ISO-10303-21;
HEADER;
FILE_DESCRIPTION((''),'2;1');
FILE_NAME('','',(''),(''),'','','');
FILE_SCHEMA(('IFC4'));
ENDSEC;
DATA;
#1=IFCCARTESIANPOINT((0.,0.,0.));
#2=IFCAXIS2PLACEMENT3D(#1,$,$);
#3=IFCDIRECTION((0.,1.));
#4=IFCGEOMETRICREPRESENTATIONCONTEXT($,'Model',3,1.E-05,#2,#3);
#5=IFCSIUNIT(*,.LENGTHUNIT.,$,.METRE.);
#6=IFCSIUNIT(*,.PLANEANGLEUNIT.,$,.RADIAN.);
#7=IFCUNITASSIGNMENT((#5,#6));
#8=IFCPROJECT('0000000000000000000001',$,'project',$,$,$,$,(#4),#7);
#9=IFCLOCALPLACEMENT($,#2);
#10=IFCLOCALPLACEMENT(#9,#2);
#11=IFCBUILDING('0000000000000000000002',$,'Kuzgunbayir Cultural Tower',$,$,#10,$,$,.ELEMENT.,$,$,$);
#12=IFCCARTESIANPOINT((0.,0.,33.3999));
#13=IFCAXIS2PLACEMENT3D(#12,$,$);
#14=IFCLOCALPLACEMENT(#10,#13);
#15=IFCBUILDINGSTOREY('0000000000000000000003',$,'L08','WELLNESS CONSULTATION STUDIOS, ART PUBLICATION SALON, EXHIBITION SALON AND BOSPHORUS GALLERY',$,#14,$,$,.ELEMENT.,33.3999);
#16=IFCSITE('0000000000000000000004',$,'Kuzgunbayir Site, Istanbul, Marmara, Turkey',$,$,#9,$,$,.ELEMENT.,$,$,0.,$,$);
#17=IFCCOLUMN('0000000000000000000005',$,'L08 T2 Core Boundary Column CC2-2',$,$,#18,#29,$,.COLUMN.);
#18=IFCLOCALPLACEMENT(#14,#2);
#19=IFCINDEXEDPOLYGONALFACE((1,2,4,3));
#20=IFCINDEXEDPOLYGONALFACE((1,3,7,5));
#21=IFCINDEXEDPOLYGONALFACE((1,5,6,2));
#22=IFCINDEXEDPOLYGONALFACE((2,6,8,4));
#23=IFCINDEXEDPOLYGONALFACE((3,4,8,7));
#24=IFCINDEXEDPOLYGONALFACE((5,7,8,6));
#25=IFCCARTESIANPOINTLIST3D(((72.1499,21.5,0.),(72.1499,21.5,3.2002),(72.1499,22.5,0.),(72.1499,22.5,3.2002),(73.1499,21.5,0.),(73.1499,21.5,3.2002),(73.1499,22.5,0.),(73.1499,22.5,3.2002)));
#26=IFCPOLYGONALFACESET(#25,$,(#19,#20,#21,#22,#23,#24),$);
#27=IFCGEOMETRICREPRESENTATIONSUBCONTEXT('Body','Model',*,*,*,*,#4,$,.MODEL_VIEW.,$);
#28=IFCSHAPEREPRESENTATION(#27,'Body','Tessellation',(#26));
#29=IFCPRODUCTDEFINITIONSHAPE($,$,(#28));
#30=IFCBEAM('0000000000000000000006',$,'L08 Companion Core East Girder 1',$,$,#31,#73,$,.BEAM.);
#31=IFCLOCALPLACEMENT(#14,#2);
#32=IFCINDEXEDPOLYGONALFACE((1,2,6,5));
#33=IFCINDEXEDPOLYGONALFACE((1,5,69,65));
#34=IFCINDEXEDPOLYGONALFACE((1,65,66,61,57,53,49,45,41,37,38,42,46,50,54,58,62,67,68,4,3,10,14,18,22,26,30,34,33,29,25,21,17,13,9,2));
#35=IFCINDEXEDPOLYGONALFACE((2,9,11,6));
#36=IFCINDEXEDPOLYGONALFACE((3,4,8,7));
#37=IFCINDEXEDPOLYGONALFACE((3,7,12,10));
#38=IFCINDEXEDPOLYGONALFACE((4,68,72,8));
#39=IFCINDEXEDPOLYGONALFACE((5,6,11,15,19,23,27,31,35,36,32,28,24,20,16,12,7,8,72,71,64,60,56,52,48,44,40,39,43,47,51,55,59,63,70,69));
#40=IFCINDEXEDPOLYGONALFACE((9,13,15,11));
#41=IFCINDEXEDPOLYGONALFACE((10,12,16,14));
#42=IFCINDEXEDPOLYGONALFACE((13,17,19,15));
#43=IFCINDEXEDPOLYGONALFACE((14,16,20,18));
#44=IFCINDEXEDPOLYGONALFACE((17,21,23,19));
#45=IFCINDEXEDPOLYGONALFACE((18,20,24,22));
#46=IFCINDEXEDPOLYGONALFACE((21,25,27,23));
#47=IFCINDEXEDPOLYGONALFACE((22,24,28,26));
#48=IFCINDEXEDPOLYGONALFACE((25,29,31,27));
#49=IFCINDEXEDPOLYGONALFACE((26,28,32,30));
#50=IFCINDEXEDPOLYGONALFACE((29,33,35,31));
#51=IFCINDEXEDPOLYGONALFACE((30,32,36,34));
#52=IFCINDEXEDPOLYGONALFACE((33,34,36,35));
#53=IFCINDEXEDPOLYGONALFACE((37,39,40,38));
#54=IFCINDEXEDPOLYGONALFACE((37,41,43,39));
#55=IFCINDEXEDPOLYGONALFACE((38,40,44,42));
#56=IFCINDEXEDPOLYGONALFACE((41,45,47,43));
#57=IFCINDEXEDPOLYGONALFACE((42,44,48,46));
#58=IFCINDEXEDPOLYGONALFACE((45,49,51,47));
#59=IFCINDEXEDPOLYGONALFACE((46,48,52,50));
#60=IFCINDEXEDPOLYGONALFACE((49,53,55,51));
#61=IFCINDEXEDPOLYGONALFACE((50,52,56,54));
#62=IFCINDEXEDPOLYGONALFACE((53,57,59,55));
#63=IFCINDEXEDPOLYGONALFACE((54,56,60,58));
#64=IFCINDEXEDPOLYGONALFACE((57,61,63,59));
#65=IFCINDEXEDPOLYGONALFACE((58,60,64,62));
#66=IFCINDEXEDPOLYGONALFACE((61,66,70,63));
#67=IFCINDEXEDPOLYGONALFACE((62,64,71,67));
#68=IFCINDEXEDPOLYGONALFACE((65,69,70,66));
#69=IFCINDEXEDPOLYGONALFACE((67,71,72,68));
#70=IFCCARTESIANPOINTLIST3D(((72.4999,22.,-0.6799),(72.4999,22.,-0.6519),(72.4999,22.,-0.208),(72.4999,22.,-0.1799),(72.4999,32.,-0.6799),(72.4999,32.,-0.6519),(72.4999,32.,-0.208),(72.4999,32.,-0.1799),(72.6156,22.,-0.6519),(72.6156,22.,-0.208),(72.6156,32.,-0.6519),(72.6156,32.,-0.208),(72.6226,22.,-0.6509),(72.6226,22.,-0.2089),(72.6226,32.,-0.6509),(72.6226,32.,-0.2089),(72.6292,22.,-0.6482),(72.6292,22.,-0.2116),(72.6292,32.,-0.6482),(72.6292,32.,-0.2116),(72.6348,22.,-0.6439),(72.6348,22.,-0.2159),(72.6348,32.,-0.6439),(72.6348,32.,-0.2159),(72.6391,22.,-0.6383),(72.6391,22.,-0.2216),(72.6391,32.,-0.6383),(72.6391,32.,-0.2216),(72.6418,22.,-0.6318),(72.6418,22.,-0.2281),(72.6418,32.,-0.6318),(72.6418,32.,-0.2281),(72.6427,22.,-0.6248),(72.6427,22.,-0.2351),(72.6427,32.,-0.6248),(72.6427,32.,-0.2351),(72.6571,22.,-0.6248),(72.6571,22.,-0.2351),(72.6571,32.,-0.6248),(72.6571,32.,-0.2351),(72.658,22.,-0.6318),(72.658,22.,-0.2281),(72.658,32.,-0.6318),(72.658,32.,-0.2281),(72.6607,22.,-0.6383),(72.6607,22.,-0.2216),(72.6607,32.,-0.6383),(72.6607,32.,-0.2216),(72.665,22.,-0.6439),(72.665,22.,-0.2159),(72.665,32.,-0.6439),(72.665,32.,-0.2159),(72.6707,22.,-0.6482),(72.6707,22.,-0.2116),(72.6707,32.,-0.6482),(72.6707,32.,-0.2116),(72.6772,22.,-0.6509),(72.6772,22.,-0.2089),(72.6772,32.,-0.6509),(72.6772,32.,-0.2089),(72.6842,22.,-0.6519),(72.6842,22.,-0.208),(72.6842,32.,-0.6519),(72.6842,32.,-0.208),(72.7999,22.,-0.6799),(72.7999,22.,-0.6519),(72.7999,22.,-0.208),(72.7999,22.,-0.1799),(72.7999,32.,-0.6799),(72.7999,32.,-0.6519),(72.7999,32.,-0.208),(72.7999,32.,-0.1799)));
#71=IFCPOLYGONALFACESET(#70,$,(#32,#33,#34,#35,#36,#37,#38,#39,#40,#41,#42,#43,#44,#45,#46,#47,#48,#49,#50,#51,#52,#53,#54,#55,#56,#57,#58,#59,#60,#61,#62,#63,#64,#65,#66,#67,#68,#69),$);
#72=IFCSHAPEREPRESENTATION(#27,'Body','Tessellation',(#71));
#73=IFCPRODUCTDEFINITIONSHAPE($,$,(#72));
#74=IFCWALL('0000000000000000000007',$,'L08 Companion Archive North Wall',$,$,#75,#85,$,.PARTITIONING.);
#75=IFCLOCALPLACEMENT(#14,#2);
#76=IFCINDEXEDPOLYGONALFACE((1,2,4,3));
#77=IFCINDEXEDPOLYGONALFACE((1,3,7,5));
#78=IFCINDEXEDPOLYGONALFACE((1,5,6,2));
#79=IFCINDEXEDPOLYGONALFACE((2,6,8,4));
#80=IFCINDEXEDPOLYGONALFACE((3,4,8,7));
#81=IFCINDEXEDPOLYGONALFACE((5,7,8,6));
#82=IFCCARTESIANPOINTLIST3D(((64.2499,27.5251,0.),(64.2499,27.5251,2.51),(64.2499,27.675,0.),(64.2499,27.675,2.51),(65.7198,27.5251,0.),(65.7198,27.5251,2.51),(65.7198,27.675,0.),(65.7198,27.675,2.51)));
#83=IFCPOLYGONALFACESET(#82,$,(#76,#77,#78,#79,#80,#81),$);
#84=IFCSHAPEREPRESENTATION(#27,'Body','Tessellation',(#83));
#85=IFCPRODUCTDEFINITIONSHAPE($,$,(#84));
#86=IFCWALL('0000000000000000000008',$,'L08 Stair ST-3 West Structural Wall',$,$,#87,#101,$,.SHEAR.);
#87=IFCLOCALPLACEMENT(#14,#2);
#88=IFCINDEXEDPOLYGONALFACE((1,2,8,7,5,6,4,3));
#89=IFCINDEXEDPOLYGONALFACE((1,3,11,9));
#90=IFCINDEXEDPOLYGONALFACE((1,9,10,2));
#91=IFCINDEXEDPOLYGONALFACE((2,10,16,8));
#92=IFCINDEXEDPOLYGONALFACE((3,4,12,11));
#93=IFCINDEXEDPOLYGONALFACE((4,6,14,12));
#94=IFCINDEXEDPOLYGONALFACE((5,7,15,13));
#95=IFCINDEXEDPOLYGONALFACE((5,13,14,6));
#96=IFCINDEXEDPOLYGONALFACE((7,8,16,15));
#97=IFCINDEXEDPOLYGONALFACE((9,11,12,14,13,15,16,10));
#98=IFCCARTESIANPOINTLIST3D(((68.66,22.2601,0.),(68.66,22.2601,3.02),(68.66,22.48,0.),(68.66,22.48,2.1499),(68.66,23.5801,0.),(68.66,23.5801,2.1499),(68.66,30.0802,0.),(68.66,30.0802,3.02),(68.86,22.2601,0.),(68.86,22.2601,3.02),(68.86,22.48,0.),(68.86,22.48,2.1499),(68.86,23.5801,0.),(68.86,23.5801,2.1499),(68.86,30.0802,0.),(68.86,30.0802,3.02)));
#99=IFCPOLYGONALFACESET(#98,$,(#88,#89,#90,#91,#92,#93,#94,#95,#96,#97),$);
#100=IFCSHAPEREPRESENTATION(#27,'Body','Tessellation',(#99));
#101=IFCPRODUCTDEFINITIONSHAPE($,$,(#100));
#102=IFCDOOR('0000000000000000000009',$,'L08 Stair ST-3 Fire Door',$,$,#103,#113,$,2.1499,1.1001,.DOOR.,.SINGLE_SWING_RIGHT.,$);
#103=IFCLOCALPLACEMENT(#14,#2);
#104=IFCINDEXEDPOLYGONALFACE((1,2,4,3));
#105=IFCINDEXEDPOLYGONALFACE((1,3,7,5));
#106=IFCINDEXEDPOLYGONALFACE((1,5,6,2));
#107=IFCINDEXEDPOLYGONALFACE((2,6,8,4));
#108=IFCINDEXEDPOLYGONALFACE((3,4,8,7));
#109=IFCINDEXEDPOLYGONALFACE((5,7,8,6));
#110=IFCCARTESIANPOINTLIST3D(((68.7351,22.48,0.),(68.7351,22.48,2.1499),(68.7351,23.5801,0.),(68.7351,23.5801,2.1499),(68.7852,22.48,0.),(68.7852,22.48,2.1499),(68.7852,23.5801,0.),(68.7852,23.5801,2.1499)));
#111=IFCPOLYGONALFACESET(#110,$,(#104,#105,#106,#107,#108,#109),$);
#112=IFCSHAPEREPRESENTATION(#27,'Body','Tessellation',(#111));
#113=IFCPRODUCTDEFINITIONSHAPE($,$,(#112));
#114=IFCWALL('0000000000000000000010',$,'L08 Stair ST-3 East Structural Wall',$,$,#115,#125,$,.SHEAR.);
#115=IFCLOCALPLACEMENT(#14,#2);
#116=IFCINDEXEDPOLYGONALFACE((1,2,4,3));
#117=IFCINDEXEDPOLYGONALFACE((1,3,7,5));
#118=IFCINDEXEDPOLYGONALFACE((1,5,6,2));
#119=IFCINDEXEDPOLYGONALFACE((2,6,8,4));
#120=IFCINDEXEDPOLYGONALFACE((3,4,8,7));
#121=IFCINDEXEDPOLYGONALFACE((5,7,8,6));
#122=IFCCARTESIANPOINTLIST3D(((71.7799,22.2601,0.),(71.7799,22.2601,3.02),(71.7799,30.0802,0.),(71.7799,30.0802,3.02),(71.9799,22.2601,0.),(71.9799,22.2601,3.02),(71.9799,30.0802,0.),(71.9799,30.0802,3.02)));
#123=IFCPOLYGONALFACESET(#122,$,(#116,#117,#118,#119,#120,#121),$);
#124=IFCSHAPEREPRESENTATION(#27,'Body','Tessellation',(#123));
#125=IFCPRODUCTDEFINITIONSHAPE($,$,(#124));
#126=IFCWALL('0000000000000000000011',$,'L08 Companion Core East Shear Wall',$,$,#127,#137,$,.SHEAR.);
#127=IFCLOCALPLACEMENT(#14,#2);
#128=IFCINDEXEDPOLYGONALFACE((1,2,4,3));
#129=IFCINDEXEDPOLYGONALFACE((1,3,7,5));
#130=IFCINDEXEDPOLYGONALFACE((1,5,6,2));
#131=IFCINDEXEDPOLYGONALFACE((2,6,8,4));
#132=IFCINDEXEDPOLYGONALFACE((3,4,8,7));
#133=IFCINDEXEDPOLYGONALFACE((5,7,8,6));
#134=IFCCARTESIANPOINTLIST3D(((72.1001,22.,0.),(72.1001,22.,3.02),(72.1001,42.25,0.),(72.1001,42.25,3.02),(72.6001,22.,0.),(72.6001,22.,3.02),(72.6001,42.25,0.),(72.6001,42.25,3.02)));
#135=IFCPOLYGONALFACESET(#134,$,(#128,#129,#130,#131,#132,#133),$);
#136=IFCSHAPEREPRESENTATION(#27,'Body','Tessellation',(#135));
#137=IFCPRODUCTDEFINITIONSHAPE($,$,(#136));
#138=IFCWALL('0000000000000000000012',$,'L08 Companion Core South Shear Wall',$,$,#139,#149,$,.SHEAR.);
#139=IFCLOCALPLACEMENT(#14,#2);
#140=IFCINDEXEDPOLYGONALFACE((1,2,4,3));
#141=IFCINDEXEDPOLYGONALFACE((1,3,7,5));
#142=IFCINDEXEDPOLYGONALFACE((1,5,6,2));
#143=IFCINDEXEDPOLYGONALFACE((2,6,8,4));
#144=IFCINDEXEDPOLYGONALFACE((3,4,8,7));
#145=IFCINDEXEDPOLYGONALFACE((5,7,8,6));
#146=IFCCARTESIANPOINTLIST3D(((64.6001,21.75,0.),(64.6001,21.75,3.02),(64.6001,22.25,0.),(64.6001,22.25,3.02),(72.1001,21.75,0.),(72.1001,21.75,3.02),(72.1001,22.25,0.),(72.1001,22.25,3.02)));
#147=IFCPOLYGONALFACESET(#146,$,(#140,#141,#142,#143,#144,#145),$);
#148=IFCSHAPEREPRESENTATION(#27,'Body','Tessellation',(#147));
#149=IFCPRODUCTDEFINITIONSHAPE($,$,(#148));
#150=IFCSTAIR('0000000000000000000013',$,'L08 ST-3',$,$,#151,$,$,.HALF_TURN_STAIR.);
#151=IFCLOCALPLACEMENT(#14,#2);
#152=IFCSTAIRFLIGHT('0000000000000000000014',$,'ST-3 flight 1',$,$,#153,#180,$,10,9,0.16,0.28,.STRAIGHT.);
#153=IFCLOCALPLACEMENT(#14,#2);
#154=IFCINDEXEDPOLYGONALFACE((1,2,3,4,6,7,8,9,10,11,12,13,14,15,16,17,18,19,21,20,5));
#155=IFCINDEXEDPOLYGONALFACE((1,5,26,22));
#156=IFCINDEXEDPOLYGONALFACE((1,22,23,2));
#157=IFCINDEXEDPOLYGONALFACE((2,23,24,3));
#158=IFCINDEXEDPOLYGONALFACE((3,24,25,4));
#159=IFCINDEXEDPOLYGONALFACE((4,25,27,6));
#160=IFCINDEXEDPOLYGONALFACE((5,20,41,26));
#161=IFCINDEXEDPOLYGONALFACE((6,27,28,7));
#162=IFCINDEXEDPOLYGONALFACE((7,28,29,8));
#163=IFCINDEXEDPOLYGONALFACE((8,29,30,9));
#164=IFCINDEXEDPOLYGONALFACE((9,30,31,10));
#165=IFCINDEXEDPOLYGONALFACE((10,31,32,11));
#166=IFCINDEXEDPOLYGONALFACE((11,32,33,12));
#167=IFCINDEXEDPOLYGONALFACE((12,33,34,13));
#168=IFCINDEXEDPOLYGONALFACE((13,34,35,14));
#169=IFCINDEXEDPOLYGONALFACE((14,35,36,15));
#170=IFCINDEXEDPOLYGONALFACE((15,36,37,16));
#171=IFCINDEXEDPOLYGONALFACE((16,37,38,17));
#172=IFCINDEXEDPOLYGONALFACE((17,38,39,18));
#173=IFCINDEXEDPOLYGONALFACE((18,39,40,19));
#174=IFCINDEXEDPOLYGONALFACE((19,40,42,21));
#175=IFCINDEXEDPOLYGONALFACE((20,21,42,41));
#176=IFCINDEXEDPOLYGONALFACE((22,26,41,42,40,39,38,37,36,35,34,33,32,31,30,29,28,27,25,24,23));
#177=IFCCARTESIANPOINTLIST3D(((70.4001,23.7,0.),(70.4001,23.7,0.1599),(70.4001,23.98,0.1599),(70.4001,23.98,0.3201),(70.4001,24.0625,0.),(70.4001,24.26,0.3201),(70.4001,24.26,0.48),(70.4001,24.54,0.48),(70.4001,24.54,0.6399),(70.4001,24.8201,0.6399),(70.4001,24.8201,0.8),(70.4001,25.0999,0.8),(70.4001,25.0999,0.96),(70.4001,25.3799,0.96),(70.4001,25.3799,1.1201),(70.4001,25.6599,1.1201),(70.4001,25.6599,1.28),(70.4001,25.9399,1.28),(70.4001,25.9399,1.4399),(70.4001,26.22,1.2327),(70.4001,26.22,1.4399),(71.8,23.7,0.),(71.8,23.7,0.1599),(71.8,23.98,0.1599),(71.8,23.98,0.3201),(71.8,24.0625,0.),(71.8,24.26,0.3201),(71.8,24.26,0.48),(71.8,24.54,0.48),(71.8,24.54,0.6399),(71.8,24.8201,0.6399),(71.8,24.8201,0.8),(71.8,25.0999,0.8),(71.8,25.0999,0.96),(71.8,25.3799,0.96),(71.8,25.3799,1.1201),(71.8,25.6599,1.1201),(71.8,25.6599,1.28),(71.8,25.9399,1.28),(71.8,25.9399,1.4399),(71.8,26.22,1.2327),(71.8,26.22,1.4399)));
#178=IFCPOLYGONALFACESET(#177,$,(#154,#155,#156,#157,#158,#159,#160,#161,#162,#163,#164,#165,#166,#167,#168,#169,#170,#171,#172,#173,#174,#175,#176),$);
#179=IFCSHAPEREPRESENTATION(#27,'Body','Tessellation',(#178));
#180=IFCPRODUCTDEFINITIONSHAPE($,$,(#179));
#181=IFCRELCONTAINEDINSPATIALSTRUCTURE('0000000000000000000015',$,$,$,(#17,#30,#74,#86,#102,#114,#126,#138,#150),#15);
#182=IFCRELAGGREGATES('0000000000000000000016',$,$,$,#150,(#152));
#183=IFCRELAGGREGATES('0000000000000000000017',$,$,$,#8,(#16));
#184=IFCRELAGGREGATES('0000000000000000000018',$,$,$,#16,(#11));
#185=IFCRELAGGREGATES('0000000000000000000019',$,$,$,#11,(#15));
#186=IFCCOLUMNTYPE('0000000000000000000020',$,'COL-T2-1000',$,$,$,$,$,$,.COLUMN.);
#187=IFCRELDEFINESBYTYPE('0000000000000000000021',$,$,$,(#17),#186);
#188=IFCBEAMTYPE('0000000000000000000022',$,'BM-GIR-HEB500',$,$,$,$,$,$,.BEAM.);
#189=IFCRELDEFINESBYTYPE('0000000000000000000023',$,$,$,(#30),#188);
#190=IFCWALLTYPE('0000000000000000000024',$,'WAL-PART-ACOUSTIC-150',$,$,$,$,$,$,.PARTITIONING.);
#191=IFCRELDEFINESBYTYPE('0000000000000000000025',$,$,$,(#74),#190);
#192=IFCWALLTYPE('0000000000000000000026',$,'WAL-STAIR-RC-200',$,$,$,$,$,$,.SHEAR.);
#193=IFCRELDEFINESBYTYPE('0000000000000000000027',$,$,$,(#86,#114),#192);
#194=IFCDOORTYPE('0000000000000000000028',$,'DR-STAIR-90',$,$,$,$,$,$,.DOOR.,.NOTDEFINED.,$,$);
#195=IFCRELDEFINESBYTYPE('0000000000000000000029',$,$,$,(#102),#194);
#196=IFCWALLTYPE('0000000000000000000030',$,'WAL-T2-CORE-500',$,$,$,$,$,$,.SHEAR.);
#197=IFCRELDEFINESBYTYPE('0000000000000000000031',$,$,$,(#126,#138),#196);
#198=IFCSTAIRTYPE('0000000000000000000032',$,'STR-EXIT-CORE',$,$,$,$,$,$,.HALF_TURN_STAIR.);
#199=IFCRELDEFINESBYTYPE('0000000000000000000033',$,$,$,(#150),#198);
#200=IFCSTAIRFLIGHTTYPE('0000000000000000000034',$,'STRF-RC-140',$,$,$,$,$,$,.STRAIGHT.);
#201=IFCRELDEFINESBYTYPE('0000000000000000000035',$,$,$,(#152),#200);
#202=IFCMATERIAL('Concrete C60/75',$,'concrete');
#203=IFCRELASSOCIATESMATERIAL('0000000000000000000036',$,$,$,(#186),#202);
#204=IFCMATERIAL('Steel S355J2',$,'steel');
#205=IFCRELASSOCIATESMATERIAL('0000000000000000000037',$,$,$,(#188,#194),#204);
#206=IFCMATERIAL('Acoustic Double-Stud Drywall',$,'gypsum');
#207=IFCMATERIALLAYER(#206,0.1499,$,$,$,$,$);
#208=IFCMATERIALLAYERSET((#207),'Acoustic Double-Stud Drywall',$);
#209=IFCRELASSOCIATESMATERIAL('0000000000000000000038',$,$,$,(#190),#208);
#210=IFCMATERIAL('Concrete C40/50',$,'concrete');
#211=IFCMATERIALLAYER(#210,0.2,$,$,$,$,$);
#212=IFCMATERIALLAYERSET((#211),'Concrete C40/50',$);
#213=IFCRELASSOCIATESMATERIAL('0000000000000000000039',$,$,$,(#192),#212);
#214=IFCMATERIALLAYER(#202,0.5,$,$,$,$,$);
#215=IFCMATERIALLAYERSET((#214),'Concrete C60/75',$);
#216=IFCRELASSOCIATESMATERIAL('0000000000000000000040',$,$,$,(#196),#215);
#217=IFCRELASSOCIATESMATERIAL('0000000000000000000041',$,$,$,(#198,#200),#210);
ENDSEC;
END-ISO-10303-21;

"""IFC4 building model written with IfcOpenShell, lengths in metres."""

from ifc_helpers import new_model, si_unit, direction, frame, frame_2d, origin, origin_2d, place, context, subcontext, project, spatial, polyline, rectangle, i_section, outline, extrude, material, layer, layer_set, material_profile, profile_set, type_object, element, fill, aggregate, save


model = new_model("IFC4")

# Units and contexts
model_context = context("Model", 3, precision=1e-05, world=origin(), true_north=direction((0.0, 1.0)))
body_context = subcontext(model_context, "Body", "Model", "MODEL_VIEW")
ifc_project = project(units=[si_unit("LENGTHUNIT", "METRE"), si_unit("PLANEANGLEUNIT", "RADIAN")], contexts=[model_context])

# Site, building, storey
site_placement = place(None, origin())
site = spatial("IfcSite", under=ifc_project, at=site_placement, Name="Kuzgunbayir Site, Istanbul, Marmara, Turkey", CompositionType="ELEMENT", RefElevation=0.0)
building_placement = place(site_placement, origin())
building = spatial("IfcBuilding", under=site, at=building_placement, Name="Kuzgunbayir Cultural Tower", CompositionType="ELEMENT")
storey_placement = place(building_placement, frame((0.0, 0.0, 33.3999)))
storey = spatial("IfcBuildingStorey", under=building, at=storey_placement, Name="L08", Description="WELLNESS CONSULTATION STUDIOS, ART PUBLICATION SALON, EXHIBITION SALON AND BOSPHORUS GALLERY", CompositionType="ELEMENT", Elevation=33.3999)

# Column
ifc_material_1 = material(Name="Concrete C60/75", Category="concrete")
ifc_material_profile_1 = material_profile(ifc_material_1, rectangle(XDim=1.0, YDim=1.0, at=origin_2d()), Name="RC 1000x1000")
ifc_profile_set_1 = profile_set([ifc_material_profile_1], Name="Concrete C60/75")
column_type = type_object("IfcColumnType", Name="COL-T2-1000", PredefinedType="COLUMN", material=ifc_profile_set_1)
column_placement = place(storey_placement, frame((72.6499, 22.0, 0.0), z_axis=(0.0, 0.0, 1.0), x_axis=(1.0, 0.0, 0.0)))
element("IfcColumn", 1, at=column_placement, inside=storey, type_object=column_type, Name="L08 T2 Core Boundary Column CC2-2", PredefinedType="COLUMN", context=body_context, shape_type="SweptSolid", body=[
    extrude(rectangle(XDim=1.0, YDim=1.0, at=origin_2d()), origin(), (0.0, 0.0, 1.0), 3.2002),
])

# Beam
ifc_material_2 = material(Name="Steel S355J2", Category="steel")
ifc_material_profile_2 = material_profile(ifc_material_2, i_section(OverallWidth=0.3, OverallDepth=0.5, WebThickness=0.0144, FlangeThickness=0.0281, FilletRadius=0.0271, at=origin_2d()), Name="HEB 500")
ifc_profile_set_2 = profile_set([ifc_material_profile_2], Name="Steel S355J2")
beam_type = type_object("IfcBeamType", Name="BM-GIR-HEB500", PredefinedType="BEAM", material=ifc_profile_set_2)
beam_placement = place(storey_placement, frame((72.6499, 22.0, -0.4299), z_axis=(0.0, 1.0, 0.0), x_axis=(-1.0, 0.0, 0.0)))
element("IfcBeam", 2, at=beam_placement, inside=storey, type_object=beam_type, Name="L08 Companion Core East Girder 1", PredefinedType="BEAM", context=body_context, shape_type="SweptSolid", body=[
    extrude(i_section(OverallWidth=0.3, OverallDepth=0.5, WebThickness=0.0144, FlangeThickness=0.0281, FilletRadius=0.0271, at=origin_2d()), origin(), (0.0, 0.0, 1.0), 10.0),
])

# Wall
ifc_material_3 = material(Name="Acoustic Double-Stud Drywall", Category="gypsum")
ifc_layer_1 = layer(ifc_material_3, 0.1499)
ifc_layer_set_1 = layer_set([ifc_layer_1], Name="Acoustic Double-Stud Drywall")
wall_type_1 = type_object("IfcWallType", Name="WAL-PART-ACOUSTIC-150", PredefinedType="PARTITIONING", material=ifc_layer_set_1)
wall_1_placement = place(storey_placement, frame((64.25, 27.6001, 0.0), z_axis=(0.0, 0.0, 1.0), x_axis=(1.0, 0.0, 0.0)))
element("IfcWall", 3, at=wall_1_placement, inside=storey, type_object=wall_type_1, Name="L08 Companion Archive North Wall", PredefinedType="PARTITIONING", context=body_context, shape_type="SweptSolid", body=[
    extrude(rectangle(XDim=1.47, YDim=0.1499, at=frame_2d((0.7349, 0.0))), origin(), (0.0, 0.0, 1.0), 2.51),
])

# Wall, opening, door
ifc_material_4 = material(Name="Concrete C40/50", Category="concrete")
ifc_layer_2 = layer(ifc_material_4, 0.2)
ifc_layer_set_2 = layer_set([ifc_layer_2], Name="Concrete C40/50")
wall_type_2 = type_object("IfcWallType", Name="WAL-STAIR-RC-200", PredefinedType="SHEAR", material=ifc_layer_set_2)
wall_2_placement = place(storey_placement, frame((68.76, 22.26, 0.0), z_axis=(0.0, 0.0, 1.0), x_axis=(0.0, 1.0, 0.0)))
wall_2 = element("IfcWall", 4, at=wall_2_placement, inside=storey, type_object=wall_type_2, Name="L08 Stair ST-3 West Structural Wall", PredefinedType="SHEAR", context=body_context, shape_type="SweptSolid", body=[
    extrude(rectangle(XDim=7.8201, YDim=0.2, at=frame_2d((3.9102, 0.0))), origin(), (0.0, 0.0, 1.0), 3.02),
])
opening_1_placement = place(wall_2_placement, frame((0.22, 0.0, 0.0)))
opening_1 = element("IfcOpeningElement", 5, at=opening_1_placement, cuts=wall_2, PredefinedType="OPENING", context=body_context, shape_type="SweptSolid", body=[
    extrude(rectangle(XDim=1.1001, YDim=2.1499, at=frame_2d((0.55, 1.075))), frame((0.0, 0.1099, 0.0), z_axis=(0.0, -1.0, 0.0), x_axis=(1.0, 0.0, 0.0)), (0.0, 0.0, 1.0), 0.22),
])
door_type_1 = type_object("IfcDoorType", Name="DR-STAIR-90", OperationType="NOTDEFINED", PredefinedType="DOOR", material=ifc_material_2)
door_1_placement = place(opening_1_placement, origin())
door_1 = element("IfcDoor", 6, at=door_1_placement, inside=storey, type_object=door_type_1, Name="L08 Stair ST-3 Fire Door", OperationType="SINGLE_SWING_RIGHT", OverallHeight=2.1499, OverallWidth=1.1001, PredefinedType="DOOR", context=body_context, shape_type="SweptSolid", body=[
    extrude(rectangle(XDim=1.1001, YDim=2.1499, at=frame_2d((0.55, 1.075))), frame((0.0, 0.0249, 0.0), z_axis=(0.0, -1.0, 0.0), x_axis=(1.0, 0.0, 0.0)), (0.0, 0.0, 1.0), 0.05),
])
fill(opening_1, door_1)

# Walls
wall_3_placement = place(storey_placement, frame((71.8799, 22.26, 0.0), z_axis=(0.0, 0.0, 1.0), x_axis=(0.0, 1.0, 0.0)))
element("IfcWall", 7, at=wall_3_placement, inside=storey, type_object=wall_type_2, Name="L08 Stair ST-3 East Structural Wall", PredefinedType="SHEAR", context=body_context, shape_type="SweptSolid", body=[
    extrude(rectangle(XDim=7.8201, YDim=0.2, at=frame_2d((3.9102, 0.0))), origin(), (0.0, 0.0, 1.0), 3.02),
])
ifc_layer_3 = layer(ifc_material_1, 0.5)
ifc_layer_set_3 = layer_set([ifc_layer_3], Name="Concrete C60/75")
wall_type_3 = type_object("IfcWallType", Name="WAL-T2-CORE-500", PredefinedType="SHEAR", material=ifc_layer_set_3)
wall_4_placement = place(storey_placement, frame((72.3501, 22.0, 0.0), z_axis=(0.0, 0.0, 1.0), x_axis=(0.0, 1.0, 0.0)))
element("IfcWall", 8, at=wall_4_placement, inside=storey, type_object=wall_type_3, Name="L08 Companion Core East Shear Wall", PredefinedType="SHEAR", context=body_context, shape_type="SweptSolid", body=[
    extrude(rectangle(XDim=20.25, YDim=0.5, at=frame_2d((10.125, 0.0))), origin(), (0.0, 0.0, 1.0), 3.02),
])
wall_5_placement = place(storey_placement, frame((64.6001, 22.0, 0.0), z_axis=(0.0, 0.0, 1.0), x_axis=(1.0, 0.0, 0.0)))
element("IfcWall", 9, at=wall_5_placement, inside=storey, type_object=wall_type_3, Name="L08 Companion Core South Shear Wall", PredefinedType="SHEAR", context=body_context, shape_type="SweptSolid", body=[
    extrude(rectangle(XDim=7.5, YDim=0.5, at=frame_2d((3.75, 0.0))), origin(), (0.0, 0.0, 1.0), 3.02),
])

# Stair, stair flight
stair_type = type_object("IfcStairType", Name="STR-EXIT-CORE", PredefinedType="HALF_TURN_STAIR", material=ifc_material_4)
stair_placement = place(storey_placement, origin())
stair = element("IfcStair", 10, at=stair_placement, inside=storey, type_object=stair_type, Name="L08 ST-3", PredefinedType="HALF_TURN_STAIR")
stair_flight_type = type_object("IfcStairFlightType", Name="STRF-RC-140", PredefinedType="STRAIGHT", material=ifc_material_4)
stair_flight_1_placement = place(storey_placement, frame((71.1001, 23.7, 0.0), z_axis=(0.0, 0.0, 1.0), x_axis=(0.0, 1.0, 0.0)))
stair_flight_1 = element("IfcStairFlight", 11, at=stair_flight_1_placement, type_object=stair_flight_type, Name="ST-3 flight 1", NumberOfRisers=10, NumberOfTreads=9, PredefinedType="STRAIGHT", RiserHeight=0.16, TreadLength=0.28, context=body_context, shape_type="SweptSolid", body=[
    extrude(outline(polyline([(0.0, 0.0), (0.0, 0.1599), (0.28, 0.1599), (0.28, 0.3201), (0.5601, 0.3201), (0.5601, 0.48), (0.8401, 0.48), (0.8401, 0.6399), (1.1201, 0.6399), (1.1201, 0.8), (1.3999, 0.8), (1.3999, 0.96), (1.6799, 0.96), (1.6799, 1.1201), (1.96, 1.1201), (1.96, 1.28), (2.24, 1.28), (2.24, 1.4399), (2.52, 1.4399), (2.52, 1.6001), (2.52, 1.2327), (0.3625, 0.0), (0.0, 0.0)])), frame((0.0, 0.7, 0.0), z_axis=(0.0, -1.0, 0.0), x_axis=(1.0, 0.0, 0.0)), (0.0, 0.0, 1.0), 1.3999),
])
aggregate(stair, [stair_flight_1])

save(model, "model.ifc")
